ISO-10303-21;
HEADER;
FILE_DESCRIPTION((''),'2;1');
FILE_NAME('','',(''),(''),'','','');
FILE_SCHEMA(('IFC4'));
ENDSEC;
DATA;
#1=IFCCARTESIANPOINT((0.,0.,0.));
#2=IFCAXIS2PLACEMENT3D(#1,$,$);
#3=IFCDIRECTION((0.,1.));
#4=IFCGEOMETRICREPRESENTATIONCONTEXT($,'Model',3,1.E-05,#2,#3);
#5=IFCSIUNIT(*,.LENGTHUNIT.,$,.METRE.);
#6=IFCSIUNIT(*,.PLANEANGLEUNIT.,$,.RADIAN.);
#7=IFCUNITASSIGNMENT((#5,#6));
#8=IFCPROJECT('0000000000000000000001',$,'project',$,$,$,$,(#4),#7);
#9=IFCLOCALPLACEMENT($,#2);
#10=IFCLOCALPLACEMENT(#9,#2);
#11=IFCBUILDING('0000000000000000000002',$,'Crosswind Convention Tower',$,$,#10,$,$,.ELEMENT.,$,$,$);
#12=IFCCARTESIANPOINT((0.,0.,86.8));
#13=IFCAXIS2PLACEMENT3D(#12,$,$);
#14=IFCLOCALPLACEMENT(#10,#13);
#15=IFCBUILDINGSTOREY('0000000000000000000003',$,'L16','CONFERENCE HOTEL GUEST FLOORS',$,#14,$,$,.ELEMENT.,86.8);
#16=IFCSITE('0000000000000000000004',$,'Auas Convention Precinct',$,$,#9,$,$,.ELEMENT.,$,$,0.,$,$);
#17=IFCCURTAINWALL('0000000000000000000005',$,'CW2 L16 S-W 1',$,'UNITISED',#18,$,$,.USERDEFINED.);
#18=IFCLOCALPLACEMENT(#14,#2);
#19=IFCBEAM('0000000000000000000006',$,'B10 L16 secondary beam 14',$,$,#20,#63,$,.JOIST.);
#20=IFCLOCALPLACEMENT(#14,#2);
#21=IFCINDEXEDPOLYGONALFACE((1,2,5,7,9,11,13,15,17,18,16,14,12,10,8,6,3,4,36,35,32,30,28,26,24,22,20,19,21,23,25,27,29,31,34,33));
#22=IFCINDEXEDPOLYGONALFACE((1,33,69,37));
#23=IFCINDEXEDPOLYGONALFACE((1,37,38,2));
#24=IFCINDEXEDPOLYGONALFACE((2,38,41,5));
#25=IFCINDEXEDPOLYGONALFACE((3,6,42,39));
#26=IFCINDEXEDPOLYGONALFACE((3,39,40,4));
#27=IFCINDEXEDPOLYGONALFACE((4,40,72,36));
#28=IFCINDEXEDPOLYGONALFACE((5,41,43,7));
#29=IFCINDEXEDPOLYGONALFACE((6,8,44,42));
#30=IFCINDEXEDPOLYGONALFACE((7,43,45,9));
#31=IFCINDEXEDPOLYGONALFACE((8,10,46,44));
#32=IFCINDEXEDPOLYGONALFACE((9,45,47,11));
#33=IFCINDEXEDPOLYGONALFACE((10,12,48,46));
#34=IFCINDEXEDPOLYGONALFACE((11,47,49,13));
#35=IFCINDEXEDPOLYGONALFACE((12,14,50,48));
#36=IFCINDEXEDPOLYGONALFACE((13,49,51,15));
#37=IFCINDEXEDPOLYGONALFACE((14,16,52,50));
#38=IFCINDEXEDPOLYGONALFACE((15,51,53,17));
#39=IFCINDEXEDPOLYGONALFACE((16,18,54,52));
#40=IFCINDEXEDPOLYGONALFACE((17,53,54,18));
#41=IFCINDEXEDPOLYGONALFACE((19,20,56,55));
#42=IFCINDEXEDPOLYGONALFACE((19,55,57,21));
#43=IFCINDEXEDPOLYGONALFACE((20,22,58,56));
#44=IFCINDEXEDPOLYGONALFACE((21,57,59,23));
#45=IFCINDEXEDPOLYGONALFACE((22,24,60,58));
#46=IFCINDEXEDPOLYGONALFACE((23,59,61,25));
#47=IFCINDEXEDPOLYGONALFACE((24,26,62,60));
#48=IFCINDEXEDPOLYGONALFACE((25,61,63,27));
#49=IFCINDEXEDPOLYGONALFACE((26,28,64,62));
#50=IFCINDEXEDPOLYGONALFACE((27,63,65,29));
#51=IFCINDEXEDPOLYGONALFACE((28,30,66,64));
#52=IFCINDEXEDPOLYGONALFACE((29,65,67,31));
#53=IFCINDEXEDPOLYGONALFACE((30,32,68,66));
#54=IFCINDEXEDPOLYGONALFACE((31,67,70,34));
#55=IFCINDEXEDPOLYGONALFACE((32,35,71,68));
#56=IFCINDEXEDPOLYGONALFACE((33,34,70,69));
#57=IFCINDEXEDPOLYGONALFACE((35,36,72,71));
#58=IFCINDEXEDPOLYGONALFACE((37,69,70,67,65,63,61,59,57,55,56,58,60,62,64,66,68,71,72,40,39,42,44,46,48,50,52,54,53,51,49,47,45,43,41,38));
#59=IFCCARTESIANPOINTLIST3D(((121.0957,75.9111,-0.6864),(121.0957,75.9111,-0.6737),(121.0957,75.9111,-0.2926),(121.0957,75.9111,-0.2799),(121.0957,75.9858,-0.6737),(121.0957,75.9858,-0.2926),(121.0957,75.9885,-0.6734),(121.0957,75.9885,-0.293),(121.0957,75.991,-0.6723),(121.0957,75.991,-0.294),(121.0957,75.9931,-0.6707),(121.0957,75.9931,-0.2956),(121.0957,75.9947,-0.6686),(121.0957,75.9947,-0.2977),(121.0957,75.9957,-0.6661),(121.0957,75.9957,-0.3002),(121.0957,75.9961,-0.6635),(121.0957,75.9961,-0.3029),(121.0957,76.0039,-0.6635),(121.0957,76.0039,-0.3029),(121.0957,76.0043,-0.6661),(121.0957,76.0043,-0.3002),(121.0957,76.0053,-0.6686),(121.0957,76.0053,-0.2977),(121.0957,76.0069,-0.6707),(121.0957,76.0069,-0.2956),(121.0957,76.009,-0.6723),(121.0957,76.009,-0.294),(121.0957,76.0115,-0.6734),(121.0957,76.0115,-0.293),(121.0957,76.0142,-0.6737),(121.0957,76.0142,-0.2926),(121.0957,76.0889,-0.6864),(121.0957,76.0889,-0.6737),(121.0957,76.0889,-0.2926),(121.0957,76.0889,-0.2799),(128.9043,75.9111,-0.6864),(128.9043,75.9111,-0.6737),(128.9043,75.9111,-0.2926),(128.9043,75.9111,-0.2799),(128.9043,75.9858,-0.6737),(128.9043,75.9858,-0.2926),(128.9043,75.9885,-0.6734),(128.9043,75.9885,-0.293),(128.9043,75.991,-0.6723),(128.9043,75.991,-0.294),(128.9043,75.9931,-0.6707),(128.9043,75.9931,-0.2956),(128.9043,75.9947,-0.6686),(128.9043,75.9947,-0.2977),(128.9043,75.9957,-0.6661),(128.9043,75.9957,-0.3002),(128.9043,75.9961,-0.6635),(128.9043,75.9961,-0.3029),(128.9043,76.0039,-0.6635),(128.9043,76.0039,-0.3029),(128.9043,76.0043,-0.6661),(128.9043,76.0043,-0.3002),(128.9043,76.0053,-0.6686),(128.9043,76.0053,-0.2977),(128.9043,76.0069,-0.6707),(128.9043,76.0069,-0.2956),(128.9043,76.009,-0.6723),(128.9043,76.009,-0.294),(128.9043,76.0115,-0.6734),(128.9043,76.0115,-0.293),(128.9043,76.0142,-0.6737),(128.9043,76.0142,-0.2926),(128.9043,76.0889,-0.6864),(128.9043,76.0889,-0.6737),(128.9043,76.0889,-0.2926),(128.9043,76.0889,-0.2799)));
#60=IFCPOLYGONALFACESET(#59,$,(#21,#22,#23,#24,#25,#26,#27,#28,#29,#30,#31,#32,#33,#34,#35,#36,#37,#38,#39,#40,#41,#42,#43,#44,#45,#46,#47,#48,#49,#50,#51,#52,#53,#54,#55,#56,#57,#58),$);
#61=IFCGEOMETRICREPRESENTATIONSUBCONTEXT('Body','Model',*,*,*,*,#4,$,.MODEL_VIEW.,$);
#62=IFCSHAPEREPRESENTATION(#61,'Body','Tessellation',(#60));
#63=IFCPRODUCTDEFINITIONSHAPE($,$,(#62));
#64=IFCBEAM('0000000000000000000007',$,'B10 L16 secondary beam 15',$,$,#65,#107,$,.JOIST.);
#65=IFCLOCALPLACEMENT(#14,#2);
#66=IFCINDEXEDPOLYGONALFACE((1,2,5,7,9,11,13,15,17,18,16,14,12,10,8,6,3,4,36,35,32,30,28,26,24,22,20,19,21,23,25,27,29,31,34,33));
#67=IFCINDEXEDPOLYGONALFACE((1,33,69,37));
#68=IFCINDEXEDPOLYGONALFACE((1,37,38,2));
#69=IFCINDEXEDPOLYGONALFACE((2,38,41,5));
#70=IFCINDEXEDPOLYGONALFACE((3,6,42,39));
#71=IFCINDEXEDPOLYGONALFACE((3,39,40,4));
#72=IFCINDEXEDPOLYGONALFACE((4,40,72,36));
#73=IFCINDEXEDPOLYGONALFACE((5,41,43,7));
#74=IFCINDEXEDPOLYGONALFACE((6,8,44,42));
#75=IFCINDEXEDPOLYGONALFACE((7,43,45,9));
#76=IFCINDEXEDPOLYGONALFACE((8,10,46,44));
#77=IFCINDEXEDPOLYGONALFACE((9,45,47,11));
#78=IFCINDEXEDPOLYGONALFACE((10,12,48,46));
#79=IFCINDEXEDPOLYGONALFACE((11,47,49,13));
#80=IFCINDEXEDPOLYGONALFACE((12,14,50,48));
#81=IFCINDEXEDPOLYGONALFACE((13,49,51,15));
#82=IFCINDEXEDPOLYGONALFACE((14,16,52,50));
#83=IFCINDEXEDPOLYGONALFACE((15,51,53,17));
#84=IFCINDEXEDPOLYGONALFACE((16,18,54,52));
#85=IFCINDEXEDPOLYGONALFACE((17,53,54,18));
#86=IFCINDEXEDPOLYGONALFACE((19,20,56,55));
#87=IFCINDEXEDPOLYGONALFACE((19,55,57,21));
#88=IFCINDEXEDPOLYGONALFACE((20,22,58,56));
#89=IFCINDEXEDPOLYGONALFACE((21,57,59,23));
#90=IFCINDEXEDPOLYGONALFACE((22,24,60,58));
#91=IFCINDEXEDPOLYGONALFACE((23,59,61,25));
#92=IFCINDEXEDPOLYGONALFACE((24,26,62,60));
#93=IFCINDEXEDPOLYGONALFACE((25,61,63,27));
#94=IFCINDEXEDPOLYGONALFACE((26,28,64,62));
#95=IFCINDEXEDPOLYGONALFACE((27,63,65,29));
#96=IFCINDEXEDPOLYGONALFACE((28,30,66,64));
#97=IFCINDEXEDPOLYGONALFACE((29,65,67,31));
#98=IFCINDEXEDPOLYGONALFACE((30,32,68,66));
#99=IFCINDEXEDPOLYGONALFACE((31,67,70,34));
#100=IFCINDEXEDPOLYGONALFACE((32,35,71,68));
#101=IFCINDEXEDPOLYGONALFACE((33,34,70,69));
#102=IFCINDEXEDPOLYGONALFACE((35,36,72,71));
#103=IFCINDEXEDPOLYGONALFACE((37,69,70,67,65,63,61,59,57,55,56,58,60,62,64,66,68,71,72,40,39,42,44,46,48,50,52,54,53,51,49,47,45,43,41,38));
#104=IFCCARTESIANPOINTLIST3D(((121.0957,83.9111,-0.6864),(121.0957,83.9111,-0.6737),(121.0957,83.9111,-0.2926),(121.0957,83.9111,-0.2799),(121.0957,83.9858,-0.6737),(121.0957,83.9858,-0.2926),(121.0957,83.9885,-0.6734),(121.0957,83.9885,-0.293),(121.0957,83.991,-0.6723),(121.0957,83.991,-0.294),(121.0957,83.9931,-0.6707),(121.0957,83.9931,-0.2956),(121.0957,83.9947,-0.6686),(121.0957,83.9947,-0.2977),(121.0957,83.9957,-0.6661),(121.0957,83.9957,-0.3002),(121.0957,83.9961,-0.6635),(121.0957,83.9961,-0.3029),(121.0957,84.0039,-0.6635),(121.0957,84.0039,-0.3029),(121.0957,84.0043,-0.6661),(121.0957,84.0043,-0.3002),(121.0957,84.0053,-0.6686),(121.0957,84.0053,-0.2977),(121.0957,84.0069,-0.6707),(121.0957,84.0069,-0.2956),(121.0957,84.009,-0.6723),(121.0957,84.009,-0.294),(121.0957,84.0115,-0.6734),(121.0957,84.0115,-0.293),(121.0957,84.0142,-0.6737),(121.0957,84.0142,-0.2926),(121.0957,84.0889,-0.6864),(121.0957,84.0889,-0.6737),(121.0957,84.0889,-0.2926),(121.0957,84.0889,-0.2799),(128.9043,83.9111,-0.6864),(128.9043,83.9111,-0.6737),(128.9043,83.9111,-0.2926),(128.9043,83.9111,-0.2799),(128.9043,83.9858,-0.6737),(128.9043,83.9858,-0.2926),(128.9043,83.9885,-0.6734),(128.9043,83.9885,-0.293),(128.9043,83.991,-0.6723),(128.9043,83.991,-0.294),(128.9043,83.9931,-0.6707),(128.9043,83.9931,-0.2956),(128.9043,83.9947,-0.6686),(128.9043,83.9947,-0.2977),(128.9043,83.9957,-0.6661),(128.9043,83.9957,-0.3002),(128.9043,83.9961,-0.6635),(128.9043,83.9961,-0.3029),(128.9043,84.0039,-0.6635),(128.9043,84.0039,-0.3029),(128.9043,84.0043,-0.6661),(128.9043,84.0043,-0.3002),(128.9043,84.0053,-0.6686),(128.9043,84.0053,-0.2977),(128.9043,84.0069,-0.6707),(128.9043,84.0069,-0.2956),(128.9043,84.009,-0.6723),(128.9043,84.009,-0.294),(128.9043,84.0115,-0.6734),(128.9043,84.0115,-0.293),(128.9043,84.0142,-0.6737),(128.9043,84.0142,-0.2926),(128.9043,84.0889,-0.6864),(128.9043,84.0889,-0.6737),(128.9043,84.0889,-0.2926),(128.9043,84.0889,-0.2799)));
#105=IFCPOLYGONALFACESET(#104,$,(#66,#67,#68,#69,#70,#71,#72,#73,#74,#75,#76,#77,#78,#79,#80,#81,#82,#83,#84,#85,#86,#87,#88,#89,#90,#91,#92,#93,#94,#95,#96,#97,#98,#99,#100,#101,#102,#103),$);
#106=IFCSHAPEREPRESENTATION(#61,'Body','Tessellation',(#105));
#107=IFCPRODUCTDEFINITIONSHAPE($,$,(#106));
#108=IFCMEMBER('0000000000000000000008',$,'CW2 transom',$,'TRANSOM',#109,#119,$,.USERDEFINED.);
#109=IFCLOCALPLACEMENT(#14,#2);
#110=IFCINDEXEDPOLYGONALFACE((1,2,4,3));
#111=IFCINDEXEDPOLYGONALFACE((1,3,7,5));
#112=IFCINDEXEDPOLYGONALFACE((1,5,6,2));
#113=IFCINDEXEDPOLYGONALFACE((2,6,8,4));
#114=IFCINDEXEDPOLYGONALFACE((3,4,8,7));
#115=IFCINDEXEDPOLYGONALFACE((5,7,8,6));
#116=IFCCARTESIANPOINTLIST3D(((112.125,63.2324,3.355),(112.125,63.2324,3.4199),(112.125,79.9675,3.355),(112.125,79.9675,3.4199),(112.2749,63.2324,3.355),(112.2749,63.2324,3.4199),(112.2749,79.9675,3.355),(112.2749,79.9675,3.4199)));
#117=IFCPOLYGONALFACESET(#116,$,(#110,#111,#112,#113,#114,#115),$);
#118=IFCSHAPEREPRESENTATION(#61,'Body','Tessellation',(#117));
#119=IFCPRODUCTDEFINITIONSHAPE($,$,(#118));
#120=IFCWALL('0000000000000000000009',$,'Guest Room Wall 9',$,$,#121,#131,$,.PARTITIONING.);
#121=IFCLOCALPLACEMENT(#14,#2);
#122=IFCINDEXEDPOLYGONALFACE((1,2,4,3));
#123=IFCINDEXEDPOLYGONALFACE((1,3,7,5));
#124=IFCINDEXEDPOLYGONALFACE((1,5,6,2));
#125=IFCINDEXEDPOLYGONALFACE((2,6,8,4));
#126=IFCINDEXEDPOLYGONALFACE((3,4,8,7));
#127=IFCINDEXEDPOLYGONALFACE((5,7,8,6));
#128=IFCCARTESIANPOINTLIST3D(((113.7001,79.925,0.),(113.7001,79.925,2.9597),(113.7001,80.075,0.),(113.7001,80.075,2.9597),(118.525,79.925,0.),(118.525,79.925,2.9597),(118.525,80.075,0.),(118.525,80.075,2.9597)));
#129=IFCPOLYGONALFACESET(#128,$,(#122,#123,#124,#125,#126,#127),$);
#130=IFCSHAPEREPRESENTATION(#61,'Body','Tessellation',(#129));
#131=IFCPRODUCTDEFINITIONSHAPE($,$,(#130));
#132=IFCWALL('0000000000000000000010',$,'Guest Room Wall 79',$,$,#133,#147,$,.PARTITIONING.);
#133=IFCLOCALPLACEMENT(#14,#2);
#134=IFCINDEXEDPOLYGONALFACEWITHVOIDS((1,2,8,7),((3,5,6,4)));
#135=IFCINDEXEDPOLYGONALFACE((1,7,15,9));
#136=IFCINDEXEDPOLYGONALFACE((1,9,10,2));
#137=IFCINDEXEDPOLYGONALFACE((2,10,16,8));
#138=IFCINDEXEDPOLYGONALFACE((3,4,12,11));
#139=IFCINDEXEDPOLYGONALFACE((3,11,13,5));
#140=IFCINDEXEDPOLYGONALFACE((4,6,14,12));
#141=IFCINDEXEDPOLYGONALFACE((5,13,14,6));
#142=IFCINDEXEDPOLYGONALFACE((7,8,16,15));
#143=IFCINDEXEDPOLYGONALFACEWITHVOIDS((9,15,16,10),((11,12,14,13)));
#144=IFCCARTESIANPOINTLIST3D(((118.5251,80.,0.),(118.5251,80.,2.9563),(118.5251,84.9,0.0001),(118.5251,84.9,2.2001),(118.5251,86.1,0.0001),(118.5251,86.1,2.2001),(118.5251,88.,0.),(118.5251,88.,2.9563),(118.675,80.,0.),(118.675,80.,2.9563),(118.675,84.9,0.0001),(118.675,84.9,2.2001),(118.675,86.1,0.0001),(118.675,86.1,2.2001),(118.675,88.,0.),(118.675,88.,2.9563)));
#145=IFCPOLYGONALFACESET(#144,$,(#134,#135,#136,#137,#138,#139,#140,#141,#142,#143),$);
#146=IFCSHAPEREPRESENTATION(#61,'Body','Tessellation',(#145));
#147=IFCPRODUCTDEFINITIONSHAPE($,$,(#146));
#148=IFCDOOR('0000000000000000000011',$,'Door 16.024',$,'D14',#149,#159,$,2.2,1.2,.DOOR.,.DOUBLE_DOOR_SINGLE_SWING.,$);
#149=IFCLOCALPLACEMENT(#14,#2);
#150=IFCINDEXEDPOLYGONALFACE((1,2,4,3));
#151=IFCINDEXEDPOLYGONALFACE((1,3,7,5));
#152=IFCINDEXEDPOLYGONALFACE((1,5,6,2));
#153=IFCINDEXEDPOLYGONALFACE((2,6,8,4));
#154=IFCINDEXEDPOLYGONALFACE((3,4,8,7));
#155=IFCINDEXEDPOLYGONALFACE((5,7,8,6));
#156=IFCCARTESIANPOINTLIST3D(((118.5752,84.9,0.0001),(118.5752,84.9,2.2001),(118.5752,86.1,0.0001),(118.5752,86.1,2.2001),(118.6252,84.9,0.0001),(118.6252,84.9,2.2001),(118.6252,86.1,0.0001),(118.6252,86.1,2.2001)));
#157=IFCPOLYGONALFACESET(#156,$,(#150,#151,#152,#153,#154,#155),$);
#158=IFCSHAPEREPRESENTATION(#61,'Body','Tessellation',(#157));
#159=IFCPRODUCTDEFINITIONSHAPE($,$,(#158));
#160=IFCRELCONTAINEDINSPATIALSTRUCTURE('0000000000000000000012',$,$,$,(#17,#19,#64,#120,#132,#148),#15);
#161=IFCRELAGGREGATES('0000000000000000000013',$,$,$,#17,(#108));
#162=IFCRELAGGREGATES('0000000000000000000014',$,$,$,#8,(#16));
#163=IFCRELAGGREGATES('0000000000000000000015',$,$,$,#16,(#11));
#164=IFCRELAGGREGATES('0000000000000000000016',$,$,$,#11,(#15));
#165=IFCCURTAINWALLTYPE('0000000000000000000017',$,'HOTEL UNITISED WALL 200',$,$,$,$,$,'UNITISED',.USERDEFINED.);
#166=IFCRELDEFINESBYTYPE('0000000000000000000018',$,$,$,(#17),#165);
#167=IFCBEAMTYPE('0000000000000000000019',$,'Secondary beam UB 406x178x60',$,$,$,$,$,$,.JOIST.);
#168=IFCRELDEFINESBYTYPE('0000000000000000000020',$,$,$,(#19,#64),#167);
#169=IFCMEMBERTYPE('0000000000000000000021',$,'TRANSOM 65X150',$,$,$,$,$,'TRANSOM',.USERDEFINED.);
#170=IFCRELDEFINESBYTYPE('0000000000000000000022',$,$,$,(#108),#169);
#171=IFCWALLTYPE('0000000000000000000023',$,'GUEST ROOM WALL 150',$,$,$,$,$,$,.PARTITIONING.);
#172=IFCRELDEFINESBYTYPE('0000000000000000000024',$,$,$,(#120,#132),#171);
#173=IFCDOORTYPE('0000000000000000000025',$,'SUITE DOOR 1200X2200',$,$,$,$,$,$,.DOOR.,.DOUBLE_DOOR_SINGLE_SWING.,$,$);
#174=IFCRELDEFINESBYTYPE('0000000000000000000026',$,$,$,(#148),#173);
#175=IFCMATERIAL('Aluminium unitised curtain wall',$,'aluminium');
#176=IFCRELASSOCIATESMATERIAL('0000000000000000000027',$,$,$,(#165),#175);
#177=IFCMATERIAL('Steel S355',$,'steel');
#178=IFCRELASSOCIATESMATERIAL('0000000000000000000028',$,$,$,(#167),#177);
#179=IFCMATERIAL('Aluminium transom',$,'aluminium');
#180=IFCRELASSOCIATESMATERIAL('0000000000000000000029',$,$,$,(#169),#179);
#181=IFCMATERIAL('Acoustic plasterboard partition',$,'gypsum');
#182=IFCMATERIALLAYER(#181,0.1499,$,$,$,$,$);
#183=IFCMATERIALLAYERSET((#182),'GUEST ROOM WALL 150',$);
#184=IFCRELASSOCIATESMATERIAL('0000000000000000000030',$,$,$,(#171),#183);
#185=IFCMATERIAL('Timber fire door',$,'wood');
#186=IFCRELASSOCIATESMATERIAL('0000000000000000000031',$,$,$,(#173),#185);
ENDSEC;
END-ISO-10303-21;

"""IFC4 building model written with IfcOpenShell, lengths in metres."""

from ifc_helpers import new_model, si_unit, direction, frame, frame_2d, origin, origin_2d, place, context, subcontext, project, spatial, rectangle, i_section, extrude, material, layer, layer_set, material_profile, profile_set, type_object, element, fill, aggregate, save


model = new_model("IFC4")

# Units and contexts
model_context = context("Model", 3, precision=1e-05, world=origin(), true_north=direction((0.0, 1.0)))
body_context = subcontext(model_context, "Body", "Model", "MODEL_VIEW")
ifc_project = project(units=[si_unit("LENGTHUNIT", "METRE"), si_unit("PLANEANGLEUNIT", "RADIAN")], contexts=[model_context])

# Site, building, storey
site_placement = place(None, origin())
site = spatial("IfcSite", under=ifc_project, at=site_placement, Name="Auas Convention Precinct", CompositionType="ELEMENT", RefElevation=0.0)
building_placement = place(site_placement, origin())
building = spatial("IfcBuilding", under=site, at=building_placement, Name="Crosswind Convention Tower", CompositionType="ELEMENT")
storey_placement = place(building_placement, frame((0.0, 0.0, 86.8)))
storey = spatial("IfcBuildingStorey", under=building, at=storey_placement, Name="L16", Description="CONFERENCE HOTEL GUEST FLOORS", CompositionType="ELEMENT", Elevation=86.8)

# Shared definitions
ifc_material_1 = material(Name="Steel S355", Category="steel")

# Curtain wall
ifc_material_2 = material(Name="Aluminium unitised curtain wall", Category="aluminium")
curtain_wall_type = type_object("IfcCurtainWallType", Name="HOTEL UNITISED WALL 200", ElementType="UNITISED", PredefinedType="USERDEFINED", material=ifc_material_2)
curtain_wall_placement = place(storey_placement, origin())
curtain_wall = element("IfcCurtainWall", 1, at=curtain_wall_placement, inside=storey, type_object=curtain_wall_type, Name="CW2 L16 S-W 1", ObjectType="UNITISED", PredefinedType="USERDEFINED")

# Beams
ifc_material_profile_1 = material_profile(ifc_material_1, i_section(OverallWidth=0.1777, OverallDepth=0.4065, WebThickness=0.0078, FlangeThickness=0.0127, FilletRadius=0.0103, at=origin_2d()), Name="UB 406x178x60")
ifc_profile_set_1 = profile_set([ifc_material_profile_1], Name="Steel S355")
beam_type_1 = type_object("IfcBeamType", Name="Secondary beam UB 406x178x60", PredefinedType="JOIST", material=ifc_profile_set_1)
for number, where, z_axis, x_axis, name in (
    (2, (121.0957, 76.0, -0.4832), (1.0, 0.0, 0.0), (0.0, 1.0, 0.0), "B10 L16 secondary beam 14"),
    (3, (121.0957, 84.0, -0.4832), (1.0, 0.0, 0.0), (0.0, 1.0, 0.0), "B10 L16 secondary beam 15"),
):
    element("IfcBeam", number, at=place(storey_placement, frame(where, z_axis=z_axis, x_axis=x_axis)), inside=storey, type_object=beam_type_1, Name=name, PredefinedType="JOIST", context=body_context, shape_type="SweptSolid", body=[
        extrude(i_section(OverallWidth=0.1777, OverallDepth=0.4065, WebThickness=0.0078, FlangeThickness=0.0127, FilletRadius=0.0103, at=origin_2d()), origin(), (0.0, 0.0, 1.0), 7.8086),
    ])

# Member
ifc_material_3 = material(Name="Aluminium transom", Category="aluminium")
ifc_material_profile_2 = material_profile(ifc_material_3, rectangle(XDim=0.1499, YDim=0.0649, at=origin_2d()), Name="AL 150X65")
ifc_profile_set_2 = profile_set([ifc_material_profile_2], Name="Aluminium transom")
member_type_1 = type_object("IfcMemberType", Name="TRANSOM 65X150", ElementType="TRANSOM", PredefinedType="USERDEFINED", material=ifc_profile_set_2)
member_1_placement = place(storey_placement, frame((112.2, 79.9675, 3.3875), z_axis=(0.0, -1.0, 0.0), x_axis=(1.0, 0.0, 0.0)))
member_1 = element("IfcMember", 4, at=member_1_placement, type_object=member_type_1, Name="CW2 transom", ObjectType="TRANSOM", PredefinedType="USERDEFINED", context=body_context, shape_type="SweptSolid", body=[
    extrude(rectangle(XDim=0.1499, YDim=0.0649, at=origin_2d()), origin(), (0.0, 0.0, 1.0), 16.7351),
])
aggregate(curtain_wall, [member_1])

# Wall
ifc_material_4 = material(Name="Acoustic plasterboard partition", Category="gypsum")
ifc_layer_1 = layer(ifc_material_4, 0.1499)
ifc_layer_set_1 = layer_set([ifc_layer_1], Name="GUEST ROOM WALL 150")
wall_type_1 = type_object("IfcWallType", Name="GUEST ROOM WALL 150", PredefinedType="PARTITIONING", material=ifc_layer_set_1)
wall_1_placement = place(storey_placement, frame((113.7, 80.0, 0.0), z_axis=(0.0, 0.0, 1.0), x_axis=(1.0, 0.0, 0.0)))
element("IfcWall", 5, at=wall_1_placement, inside=storey, type_object=wall_type_1, Name="Guest Room Wall 9", PredefinedType="PARTITIONING", context=body_context, shape_type="SweptSolid", body=[
    extrude(rectangle(XDim=4.825, YDim=0.1499, at=frame_2d((2.4126, 0.0))), origin(), (0.0, 0.0, 1.0), 2.9597),
])

# Wall, opening, door
wall_2_placement = place(storey_placement, frame((118.6001, 80.0, 0.0), z_axis=(0.0, 0.0, 1.0), x_axis=(0.0, 1.0, 0.0)))
wall_2 = element("IfcWall", 6, at=wall_2_placement, inside=storey, type_object=wall_type_1, Name="Guest Room Wall 79", PredefinedType="PARTITIONING", context=body_context, shape_type="SweptSolid", body=[
    extrude(rectangle(XDim=8.0, YDim=0.1499, at=frame_2d((4.0, 0.0))), origin(), (0.0, 0.0, 1.0), 2.9563),
])
opening_1_placement = place(wall_2_placement, frame((4.8999, 0.0, 0.0)))
opening_1 = element("IfcOpeningElement", 7, at=opening_1_placement, cuts=wall_2, PredefinedType="OPENING", context=body_context, shape_type="SweptSolid", body=[
    extrude(rectangle(XDim=1.2, YDim=2.2, at=frame_2d((0.6001, 1.1001))), frame((0.0, 0.085, 0.0), z_axis=(0.0, -1.0, 0.0), x_axis=(1.0, 0.0, 0.0)), (0.0, 0.0, 1.0), 0.1699),
])
ifc_material_5 = material(Name="Timber fire door", Category="wood")
door_type_1 = type_object("IfcDoorType", Name="SUITE DOOR 1200X2200", OperationType="DOUBLE_DOOR_SINGLE_SWING", PredefinedType="DOOR", material=ifc_material_5)
door_1_placement = place(opening_1_placement, origin())
door_1 = element("IfcDoor", 8, at=door_1_placement, inside=storey, type_object=door_type_1, Name="Door 16.024", ObjectType="D14", OperationType="DOUBLE_DOOR_SINGLE_SWING", OverallHeight=2.2, OverallWidth=1.2, PredefinedType="DOOR", context=body_context, shape_type="SweptSolid", body=[
    extrude(rectangle(XDim=1.2, YDim=2.2, at=frame_2d((0.6001, 1.1001))), frame((0.0, 0.0249, 0.0), z_axis=(0.0, -1.0, 0.0), x_axis=(1.0, 0.0, 0.0)), (0.0, 0.0, 1.0), 0.05),
])
fill(opening_1, door_1)

save(model, "model.ifc")
